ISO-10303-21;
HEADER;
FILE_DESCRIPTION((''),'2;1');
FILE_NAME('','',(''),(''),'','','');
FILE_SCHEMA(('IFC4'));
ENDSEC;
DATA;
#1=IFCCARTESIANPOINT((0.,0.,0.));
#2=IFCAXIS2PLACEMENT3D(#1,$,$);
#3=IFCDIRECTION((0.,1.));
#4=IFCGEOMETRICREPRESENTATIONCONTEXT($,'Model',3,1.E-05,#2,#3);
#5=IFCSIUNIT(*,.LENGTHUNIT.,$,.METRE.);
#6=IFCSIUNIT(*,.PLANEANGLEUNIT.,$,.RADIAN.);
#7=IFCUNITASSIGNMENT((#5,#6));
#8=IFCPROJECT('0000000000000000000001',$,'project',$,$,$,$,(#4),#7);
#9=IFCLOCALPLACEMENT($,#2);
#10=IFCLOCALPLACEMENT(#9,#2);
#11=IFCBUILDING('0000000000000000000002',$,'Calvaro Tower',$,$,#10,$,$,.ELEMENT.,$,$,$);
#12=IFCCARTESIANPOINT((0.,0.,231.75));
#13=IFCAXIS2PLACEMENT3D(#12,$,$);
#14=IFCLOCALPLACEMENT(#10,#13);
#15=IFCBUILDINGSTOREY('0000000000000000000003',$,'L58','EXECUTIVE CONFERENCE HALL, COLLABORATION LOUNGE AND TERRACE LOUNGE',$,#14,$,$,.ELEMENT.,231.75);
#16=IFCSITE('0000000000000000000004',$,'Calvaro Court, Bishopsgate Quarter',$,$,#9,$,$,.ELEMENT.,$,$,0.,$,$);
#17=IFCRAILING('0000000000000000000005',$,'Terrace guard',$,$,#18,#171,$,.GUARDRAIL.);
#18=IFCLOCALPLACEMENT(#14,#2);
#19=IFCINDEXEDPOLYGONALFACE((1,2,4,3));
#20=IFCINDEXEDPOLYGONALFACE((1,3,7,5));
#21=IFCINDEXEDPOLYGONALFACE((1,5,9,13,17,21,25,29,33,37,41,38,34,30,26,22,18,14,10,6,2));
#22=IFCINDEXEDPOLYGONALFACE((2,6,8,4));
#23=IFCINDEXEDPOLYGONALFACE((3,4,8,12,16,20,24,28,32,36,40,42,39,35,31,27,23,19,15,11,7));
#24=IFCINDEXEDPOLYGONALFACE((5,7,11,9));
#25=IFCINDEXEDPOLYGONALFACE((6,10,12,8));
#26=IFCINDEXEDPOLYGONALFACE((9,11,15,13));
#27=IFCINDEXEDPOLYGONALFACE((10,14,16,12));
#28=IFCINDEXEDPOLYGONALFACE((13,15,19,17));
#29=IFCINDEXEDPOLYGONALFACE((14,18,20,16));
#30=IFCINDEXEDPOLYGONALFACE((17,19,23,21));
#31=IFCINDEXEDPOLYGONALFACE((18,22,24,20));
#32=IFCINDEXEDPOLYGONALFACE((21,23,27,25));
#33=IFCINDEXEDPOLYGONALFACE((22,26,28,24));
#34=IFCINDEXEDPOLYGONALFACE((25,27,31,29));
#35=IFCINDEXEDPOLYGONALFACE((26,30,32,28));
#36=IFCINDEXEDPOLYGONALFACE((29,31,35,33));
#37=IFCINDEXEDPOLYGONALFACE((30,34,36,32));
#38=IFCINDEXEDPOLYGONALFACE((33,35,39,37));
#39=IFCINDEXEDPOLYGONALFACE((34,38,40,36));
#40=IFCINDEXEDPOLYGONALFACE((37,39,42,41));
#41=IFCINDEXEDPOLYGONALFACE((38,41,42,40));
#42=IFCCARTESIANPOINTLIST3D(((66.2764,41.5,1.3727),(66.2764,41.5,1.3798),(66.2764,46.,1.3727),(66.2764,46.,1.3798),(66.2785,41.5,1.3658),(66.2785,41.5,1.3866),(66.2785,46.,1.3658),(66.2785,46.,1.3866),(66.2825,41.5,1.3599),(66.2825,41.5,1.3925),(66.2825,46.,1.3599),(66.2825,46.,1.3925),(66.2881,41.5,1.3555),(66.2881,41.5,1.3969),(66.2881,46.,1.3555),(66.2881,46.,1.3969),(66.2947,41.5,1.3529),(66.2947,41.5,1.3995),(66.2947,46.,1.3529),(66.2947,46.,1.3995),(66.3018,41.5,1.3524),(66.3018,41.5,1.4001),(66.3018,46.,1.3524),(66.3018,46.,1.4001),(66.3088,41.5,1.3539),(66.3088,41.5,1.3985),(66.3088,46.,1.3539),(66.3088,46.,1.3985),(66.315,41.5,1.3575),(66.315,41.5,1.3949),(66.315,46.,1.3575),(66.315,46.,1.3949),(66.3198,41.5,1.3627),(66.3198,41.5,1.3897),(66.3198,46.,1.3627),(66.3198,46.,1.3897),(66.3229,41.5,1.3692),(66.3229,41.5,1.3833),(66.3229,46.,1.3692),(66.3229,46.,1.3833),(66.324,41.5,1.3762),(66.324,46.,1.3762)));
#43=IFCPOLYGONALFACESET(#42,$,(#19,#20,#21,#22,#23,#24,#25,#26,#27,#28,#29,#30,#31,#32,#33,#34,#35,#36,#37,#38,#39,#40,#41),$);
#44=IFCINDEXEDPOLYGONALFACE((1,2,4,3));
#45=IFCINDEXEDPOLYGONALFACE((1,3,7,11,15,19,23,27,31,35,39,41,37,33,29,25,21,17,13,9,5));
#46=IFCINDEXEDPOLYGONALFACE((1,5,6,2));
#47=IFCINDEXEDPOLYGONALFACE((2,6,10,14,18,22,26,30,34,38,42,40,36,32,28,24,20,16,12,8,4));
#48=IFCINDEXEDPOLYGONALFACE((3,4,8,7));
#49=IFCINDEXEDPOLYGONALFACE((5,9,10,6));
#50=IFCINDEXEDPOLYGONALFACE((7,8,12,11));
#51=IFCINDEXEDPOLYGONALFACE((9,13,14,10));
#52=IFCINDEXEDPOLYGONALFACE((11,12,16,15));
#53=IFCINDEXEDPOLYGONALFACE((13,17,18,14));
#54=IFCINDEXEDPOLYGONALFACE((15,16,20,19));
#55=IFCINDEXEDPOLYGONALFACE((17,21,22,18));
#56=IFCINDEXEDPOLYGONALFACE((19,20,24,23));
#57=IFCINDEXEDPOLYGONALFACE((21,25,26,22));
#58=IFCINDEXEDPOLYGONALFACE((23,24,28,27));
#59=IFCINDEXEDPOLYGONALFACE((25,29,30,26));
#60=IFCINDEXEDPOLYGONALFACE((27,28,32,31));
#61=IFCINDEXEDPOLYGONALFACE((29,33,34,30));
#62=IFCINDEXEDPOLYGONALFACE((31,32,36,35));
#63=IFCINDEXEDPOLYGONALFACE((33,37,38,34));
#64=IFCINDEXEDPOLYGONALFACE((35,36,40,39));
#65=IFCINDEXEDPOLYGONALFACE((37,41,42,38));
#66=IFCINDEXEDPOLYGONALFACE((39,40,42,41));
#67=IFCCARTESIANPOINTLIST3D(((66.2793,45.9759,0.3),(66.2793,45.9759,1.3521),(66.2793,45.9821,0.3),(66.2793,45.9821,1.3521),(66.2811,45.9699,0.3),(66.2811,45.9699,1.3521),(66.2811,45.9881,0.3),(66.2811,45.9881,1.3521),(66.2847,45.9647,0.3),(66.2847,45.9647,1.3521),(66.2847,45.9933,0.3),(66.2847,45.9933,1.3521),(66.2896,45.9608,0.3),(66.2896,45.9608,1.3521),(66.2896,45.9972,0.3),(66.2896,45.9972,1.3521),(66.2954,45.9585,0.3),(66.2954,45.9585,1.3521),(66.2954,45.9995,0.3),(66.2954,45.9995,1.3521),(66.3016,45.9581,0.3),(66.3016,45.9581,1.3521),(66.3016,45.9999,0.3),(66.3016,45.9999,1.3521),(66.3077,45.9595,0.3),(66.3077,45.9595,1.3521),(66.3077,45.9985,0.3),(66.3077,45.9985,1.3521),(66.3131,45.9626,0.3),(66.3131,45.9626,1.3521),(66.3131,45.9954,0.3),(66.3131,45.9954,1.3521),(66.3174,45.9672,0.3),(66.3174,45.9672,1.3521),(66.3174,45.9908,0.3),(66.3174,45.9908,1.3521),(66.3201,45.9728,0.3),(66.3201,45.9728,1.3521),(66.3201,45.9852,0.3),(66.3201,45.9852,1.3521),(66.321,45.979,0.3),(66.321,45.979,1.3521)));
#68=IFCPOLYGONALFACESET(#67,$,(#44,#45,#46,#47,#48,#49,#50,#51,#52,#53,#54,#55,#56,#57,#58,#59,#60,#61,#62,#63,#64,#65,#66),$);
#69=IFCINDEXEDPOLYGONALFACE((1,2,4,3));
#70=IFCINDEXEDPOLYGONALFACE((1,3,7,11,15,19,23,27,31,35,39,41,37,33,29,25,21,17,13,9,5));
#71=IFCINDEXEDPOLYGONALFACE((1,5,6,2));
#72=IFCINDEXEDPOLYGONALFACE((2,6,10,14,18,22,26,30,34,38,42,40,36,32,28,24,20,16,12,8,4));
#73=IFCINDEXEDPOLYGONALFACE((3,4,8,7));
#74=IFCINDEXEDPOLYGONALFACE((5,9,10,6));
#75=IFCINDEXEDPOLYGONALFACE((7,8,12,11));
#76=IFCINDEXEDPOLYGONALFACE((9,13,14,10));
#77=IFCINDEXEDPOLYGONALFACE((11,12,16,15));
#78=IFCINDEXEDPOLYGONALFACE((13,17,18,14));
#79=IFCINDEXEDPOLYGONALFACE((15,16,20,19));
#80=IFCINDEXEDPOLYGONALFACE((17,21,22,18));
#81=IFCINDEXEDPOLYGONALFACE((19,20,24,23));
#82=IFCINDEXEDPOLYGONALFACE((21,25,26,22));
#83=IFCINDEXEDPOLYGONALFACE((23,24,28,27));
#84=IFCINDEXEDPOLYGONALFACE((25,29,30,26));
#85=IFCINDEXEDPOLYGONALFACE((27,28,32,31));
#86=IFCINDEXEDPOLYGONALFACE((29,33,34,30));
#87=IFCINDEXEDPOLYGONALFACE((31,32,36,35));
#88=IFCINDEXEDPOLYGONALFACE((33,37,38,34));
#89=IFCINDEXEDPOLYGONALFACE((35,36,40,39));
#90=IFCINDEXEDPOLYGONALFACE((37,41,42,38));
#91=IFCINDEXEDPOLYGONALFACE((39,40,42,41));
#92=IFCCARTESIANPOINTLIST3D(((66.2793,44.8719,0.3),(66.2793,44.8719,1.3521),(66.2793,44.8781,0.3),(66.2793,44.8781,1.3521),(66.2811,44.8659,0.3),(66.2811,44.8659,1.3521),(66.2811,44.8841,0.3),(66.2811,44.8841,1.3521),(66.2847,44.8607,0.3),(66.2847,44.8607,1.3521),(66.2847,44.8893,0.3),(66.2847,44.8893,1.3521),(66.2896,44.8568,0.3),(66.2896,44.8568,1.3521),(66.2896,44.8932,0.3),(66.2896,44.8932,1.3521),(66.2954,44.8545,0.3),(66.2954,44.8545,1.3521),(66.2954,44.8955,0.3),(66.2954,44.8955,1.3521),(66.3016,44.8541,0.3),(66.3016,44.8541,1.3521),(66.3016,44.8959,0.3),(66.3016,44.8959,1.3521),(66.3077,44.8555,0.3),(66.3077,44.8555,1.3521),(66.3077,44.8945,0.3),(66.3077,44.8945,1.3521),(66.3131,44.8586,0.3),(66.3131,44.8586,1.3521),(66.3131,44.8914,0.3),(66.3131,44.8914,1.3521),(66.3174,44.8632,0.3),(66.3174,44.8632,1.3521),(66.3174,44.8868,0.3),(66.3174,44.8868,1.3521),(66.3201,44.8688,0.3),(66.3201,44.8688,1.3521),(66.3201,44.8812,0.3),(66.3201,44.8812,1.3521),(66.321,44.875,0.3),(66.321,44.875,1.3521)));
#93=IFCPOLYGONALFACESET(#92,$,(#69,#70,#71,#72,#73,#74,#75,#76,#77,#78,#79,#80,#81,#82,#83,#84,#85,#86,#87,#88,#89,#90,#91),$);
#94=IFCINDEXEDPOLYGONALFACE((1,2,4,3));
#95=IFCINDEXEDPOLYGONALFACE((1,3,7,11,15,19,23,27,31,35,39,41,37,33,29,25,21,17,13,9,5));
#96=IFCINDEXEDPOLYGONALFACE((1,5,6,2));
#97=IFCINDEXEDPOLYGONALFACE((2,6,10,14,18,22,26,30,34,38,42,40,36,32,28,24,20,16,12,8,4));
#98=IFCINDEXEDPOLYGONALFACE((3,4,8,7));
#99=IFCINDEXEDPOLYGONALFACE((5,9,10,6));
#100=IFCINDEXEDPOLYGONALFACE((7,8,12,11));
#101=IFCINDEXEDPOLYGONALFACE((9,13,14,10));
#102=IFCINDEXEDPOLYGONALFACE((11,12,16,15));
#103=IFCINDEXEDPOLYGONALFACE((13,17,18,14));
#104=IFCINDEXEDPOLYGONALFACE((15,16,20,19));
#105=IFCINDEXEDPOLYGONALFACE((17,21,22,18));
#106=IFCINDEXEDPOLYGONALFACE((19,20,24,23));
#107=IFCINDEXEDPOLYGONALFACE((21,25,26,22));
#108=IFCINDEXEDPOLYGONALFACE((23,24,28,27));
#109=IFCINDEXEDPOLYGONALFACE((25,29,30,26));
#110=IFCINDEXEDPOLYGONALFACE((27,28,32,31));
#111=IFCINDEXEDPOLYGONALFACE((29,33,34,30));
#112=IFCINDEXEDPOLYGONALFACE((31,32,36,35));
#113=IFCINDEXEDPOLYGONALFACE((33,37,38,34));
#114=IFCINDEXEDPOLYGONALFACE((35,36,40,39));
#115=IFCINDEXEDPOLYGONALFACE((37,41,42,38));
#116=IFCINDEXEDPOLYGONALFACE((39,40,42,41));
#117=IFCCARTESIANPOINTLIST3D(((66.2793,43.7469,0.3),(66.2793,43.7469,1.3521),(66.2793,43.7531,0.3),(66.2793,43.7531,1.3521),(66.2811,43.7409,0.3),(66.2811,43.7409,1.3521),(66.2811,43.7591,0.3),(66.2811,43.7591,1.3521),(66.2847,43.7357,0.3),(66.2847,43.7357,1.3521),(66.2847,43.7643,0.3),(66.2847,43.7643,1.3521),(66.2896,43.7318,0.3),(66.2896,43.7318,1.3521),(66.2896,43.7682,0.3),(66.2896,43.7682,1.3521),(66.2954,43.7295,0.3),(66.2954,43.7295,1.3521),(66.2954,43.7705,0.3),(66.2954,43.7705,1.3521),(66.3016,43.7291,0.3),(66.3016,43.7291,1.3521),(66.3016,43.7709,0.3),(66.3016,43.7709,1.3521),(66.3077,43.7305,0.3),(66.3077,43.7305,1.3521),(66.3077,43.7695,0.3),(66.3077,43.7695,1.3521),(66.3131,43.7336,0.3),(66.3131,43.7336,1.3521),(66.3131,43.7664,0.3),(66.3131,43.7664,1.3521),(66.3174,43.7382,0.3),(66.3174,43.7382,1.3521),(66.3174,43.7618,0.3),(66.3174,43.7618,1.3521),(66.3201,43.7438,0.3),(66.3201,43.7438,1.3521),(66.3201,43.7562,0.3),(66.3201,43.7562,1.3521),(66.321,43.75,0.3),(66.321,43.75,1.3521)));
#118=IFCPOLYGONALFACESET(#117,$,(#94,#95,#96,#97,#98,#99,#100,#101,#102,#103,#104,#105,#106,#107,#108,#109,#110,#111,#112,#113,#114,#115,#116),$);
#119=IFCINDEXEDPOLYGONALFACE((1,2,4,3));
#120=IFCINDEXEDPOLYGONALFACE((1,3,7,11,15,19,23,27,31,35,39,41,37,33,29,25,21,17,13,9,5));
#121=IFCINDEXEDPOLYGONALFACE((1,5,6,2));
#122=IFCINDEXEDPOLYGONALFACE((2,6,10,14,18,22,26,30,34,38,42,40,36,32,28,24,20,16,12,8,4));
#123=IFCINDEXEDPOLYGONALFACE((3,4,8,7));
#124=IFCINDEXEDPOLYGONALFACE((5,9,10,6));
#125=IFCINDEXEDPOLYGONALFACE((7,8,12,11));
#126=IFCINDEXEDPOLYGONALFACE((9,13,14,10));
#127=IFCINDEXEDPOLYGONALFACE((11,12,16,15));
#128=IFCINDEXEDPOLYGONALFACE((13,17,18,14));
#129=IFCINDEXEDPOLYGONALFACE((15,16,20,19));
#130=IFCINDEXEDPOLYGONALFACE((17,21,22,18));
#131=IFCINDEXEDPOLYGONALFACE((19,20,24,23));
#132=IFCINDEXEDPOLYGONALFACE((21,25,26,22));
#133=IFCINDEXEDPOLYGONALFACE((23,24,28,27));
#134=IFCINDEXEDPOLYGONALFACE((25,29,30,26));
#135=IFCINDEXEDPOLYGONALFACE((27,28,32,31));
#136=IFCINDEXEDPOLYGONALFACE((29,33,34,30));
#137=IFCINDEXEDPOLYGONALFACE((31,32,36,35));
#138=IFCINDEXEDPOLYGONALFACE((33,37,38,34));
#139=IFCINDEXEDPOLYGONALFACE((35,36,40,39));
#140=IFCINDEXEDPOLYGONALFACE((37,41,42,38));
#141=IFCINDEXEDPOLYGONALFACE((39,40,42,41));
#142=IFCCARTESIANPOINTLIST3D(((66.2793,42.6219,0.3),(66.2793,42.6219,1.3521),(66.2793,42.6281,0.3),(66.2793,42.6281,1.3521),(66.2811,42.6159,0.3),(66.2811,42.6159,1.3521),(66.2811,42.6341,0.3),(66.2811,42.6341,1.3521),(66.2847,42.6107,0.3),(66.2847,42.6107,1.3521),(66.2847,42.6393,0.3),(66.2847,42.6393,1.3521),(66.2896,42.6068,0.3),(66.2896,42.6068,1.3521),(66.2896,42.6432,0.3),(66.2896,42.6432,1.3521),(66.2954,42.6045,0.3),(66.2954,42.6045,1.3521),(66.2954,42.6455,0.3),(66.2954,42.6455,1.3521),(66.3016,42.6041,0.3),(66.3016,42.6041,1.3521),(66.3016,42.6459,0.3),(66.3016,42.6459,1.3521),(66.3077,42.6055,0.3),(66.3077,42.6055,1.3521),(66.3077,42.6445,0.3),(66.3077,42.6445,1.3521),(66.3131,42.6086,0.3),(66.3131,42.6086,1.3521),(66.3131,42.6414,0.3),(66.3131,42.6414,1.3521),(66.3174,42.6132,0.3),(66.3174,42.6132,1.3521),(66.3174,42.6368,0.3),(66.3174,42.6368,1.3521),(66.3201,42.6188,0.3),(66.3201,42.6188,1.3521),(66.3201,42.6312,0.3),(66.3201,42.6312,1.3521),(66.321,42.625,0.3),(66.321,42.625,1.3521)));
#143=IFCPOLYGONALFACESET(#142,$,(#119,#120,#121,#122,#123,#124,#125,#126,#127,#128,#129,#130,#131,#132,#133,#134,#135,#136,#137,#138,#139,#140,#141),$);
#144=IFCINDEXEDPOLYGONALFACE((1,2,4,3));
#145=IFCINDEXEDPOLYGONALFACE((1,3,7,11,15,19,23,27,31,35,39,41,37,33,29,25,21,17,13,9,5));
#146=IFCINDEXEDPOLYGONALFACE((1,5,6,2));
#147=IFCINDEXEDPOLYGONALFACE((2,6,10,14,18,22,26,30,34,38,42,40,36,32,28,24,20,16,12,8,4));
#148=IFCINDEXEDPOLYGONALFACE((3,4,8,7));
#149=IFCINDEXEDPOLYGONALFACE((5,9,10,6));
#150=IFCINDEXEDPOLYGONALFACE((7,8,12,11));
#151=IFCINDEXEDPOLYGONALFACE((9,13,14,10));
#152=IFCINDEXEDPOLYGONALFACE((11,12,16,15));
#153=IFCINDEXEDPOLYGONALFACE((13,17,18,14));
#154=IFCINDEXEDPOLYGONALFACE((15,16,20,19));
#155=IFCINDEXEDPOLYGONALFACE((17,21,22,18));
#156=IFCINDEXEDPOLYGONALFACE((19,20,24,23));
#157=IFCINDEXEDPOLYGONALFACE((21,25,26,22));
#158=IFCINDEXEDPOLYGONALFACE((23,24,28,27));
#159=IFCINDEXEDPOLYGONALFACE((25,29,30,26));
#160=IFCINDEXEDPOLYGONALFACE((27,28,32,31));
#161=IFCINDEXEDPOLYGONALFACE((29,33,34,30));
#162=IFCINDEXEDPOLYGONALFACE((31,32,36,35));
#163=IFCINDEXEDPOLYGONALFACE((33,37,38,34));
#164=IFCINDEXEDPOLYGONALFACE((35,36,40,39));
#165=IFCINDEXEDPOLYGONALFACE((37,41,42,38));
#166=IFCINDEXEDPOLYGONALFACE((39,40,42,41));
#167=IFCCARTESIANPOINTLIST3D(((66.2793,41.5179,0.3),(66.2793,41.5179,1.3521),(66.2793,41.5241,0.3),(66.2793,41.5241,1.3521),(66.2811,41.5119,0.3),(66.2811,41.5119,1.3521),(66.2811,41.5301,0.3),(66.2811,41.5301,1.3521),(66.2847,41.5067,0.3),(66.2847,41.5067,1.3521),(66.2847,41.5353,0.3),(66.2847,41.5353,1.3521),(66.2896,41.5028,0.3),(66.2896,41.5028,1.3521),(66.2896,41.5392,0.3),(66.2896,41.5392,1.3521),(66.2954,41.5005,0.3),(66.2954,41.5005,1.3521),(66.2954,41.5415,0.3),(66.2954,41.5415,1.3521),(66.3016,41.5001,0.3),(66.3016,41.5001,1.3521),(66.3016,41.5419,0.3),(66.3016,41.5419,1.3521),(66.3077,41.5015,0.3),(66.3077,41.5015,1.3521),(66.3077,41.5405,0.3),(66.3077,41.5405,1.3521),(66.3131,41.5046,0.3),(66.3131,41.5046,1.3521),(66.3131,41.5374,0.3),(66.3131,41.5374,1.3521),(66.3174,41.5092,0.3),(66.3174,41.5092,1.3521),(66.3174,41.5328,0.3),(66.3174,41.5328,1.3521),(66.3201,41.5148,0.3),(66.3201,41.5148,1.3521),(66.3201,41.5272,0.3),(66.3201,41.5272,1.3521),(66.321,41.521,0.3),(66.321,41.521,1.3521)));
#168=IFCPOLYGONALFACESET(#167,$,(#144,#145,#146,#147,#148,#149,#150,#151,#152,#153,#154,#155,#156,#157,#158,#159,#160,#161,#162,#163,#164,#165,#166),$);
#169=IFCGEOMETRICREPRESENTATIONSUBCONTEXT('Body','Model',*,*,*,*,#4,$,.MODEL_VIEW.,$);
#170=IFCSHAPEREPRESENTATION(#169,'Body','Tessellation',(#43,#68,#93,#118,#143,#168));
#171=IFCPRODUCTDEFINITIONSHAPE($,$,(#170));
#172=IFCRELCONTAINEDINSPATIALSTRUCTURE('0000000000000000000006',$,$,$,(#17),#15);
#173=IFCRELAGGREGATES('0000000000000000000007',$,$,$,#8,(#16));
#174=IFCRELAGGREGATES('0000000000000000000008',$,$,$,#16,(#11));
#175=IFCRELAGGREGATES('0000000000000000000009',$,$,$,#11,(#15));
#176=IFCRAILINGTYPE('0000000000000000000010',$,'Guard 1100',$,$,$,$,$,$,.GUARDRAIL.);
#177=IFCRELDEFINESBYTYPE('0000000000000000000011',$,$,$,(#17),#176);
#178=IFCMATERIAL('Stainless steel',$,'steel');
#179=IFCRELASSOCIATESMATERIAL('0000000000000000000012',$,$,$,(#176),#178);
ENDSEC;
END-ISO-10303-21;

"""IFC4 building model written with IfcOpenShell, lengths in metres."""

from ifc_helpers import new_model, si_unit, direction, frame, origin, origin_2d, place, context, subcontext, project, spatial, circle, extrude, material, type_object, element, save


model = new_model("IFC4")

# Units and contexts
model_context = context("Model", 3, precision=1e-05, world=origin(), true_north=direction((0.0, 1.0)))
body_context = subcontext(model_context, "Body", "Model", "MODEL_VIEW")
ifc_project = project(units=[si_unit("LENGTHUNIT", "METRE"), si_unit("PLANEANGLEUNIT", "RADIAN")], contexts=[model_context])

# Site, building, storey
site_placement = place(None, origin())
site = spatial("IfcSite", under=ifc_project, at=site_placement, Name="Calvaro Court, Bishopsgate Quarter", CompositionType="ELEMENT", RefElevation=0.0)
building_placement = place(site_placement, origin())
building = spatial("IfcBuilding", under=site, at=building_placement, Name="Calvaro Tower", CompositionType="ELEMENT")
storey_placement = place(building_placement, frame((0.0, 0.0, 231.75)))
storey = spatial("IfcBuildingStorey", under=building, at=storey_placement, Name="L58", Description="EXECUTIVE CONFERENCE HALL, COLLABORATION LOUNGE AND TERRACE LOUNGE", CompositionType="ELEMENT", Elevation=231.75)

# Railing
ifc_material_1 = material(Name="Stainless steel", Category="steel")
railing_type = type_object("IfcRailingType", Name="Guard 1100", PredefinedType="GUARDRAIL", material=ifc_material_1)
railing_1_placement = place(storey_placement, frame((66.3, 46.0, 0.3)))
element("IfcRailing", 1, at=railing_1_placement, inside=storey, type_object=railing_type, Name="Terrace guard", PredefinedType="GUARDRAIL", context=body_context, shape_type="SweptSolid", body=[
    extrude(circle(Radius=0.0239, at=origin_2d()), frame((0.0, 0.0, 1.0762), z_axis=(0.0, -1.0, 0.0), x_axis=(1.0, 0.0, 0.0)), (0.0, 0.0, 1.0), 4.5),
    extrude(circle(Radius=0.021, at=origin_2d()), frame((0.0, -0.021, 0.0)), (0.0, 0.0, 1.0), 1.052),
    extrude(circle(Radius=0.021, at=origin_2d()), frame((0.0, -1.125, 0.0)), (0.0, 0.0, 1.0), 1.052),
    extrude(circle(Radius=0.021, at=origin_2d()), frame((0.0, -2.25, 0.0)), (0.0, 0.0, 1.0), 1.052),
    extrude(circle(Radius=0.021, at=origin_2d()), frame((0.0, -3.375, 0.0)), (0.0, 0.0, 1.0), 1.052),
    extrude(circle(Radius=0.021, at=origin_2d()), frame((0.0, -4.479, 0.0)), (0.0, 0.0, 1.0), 1.052),
])

save(model, "model.ifc")
